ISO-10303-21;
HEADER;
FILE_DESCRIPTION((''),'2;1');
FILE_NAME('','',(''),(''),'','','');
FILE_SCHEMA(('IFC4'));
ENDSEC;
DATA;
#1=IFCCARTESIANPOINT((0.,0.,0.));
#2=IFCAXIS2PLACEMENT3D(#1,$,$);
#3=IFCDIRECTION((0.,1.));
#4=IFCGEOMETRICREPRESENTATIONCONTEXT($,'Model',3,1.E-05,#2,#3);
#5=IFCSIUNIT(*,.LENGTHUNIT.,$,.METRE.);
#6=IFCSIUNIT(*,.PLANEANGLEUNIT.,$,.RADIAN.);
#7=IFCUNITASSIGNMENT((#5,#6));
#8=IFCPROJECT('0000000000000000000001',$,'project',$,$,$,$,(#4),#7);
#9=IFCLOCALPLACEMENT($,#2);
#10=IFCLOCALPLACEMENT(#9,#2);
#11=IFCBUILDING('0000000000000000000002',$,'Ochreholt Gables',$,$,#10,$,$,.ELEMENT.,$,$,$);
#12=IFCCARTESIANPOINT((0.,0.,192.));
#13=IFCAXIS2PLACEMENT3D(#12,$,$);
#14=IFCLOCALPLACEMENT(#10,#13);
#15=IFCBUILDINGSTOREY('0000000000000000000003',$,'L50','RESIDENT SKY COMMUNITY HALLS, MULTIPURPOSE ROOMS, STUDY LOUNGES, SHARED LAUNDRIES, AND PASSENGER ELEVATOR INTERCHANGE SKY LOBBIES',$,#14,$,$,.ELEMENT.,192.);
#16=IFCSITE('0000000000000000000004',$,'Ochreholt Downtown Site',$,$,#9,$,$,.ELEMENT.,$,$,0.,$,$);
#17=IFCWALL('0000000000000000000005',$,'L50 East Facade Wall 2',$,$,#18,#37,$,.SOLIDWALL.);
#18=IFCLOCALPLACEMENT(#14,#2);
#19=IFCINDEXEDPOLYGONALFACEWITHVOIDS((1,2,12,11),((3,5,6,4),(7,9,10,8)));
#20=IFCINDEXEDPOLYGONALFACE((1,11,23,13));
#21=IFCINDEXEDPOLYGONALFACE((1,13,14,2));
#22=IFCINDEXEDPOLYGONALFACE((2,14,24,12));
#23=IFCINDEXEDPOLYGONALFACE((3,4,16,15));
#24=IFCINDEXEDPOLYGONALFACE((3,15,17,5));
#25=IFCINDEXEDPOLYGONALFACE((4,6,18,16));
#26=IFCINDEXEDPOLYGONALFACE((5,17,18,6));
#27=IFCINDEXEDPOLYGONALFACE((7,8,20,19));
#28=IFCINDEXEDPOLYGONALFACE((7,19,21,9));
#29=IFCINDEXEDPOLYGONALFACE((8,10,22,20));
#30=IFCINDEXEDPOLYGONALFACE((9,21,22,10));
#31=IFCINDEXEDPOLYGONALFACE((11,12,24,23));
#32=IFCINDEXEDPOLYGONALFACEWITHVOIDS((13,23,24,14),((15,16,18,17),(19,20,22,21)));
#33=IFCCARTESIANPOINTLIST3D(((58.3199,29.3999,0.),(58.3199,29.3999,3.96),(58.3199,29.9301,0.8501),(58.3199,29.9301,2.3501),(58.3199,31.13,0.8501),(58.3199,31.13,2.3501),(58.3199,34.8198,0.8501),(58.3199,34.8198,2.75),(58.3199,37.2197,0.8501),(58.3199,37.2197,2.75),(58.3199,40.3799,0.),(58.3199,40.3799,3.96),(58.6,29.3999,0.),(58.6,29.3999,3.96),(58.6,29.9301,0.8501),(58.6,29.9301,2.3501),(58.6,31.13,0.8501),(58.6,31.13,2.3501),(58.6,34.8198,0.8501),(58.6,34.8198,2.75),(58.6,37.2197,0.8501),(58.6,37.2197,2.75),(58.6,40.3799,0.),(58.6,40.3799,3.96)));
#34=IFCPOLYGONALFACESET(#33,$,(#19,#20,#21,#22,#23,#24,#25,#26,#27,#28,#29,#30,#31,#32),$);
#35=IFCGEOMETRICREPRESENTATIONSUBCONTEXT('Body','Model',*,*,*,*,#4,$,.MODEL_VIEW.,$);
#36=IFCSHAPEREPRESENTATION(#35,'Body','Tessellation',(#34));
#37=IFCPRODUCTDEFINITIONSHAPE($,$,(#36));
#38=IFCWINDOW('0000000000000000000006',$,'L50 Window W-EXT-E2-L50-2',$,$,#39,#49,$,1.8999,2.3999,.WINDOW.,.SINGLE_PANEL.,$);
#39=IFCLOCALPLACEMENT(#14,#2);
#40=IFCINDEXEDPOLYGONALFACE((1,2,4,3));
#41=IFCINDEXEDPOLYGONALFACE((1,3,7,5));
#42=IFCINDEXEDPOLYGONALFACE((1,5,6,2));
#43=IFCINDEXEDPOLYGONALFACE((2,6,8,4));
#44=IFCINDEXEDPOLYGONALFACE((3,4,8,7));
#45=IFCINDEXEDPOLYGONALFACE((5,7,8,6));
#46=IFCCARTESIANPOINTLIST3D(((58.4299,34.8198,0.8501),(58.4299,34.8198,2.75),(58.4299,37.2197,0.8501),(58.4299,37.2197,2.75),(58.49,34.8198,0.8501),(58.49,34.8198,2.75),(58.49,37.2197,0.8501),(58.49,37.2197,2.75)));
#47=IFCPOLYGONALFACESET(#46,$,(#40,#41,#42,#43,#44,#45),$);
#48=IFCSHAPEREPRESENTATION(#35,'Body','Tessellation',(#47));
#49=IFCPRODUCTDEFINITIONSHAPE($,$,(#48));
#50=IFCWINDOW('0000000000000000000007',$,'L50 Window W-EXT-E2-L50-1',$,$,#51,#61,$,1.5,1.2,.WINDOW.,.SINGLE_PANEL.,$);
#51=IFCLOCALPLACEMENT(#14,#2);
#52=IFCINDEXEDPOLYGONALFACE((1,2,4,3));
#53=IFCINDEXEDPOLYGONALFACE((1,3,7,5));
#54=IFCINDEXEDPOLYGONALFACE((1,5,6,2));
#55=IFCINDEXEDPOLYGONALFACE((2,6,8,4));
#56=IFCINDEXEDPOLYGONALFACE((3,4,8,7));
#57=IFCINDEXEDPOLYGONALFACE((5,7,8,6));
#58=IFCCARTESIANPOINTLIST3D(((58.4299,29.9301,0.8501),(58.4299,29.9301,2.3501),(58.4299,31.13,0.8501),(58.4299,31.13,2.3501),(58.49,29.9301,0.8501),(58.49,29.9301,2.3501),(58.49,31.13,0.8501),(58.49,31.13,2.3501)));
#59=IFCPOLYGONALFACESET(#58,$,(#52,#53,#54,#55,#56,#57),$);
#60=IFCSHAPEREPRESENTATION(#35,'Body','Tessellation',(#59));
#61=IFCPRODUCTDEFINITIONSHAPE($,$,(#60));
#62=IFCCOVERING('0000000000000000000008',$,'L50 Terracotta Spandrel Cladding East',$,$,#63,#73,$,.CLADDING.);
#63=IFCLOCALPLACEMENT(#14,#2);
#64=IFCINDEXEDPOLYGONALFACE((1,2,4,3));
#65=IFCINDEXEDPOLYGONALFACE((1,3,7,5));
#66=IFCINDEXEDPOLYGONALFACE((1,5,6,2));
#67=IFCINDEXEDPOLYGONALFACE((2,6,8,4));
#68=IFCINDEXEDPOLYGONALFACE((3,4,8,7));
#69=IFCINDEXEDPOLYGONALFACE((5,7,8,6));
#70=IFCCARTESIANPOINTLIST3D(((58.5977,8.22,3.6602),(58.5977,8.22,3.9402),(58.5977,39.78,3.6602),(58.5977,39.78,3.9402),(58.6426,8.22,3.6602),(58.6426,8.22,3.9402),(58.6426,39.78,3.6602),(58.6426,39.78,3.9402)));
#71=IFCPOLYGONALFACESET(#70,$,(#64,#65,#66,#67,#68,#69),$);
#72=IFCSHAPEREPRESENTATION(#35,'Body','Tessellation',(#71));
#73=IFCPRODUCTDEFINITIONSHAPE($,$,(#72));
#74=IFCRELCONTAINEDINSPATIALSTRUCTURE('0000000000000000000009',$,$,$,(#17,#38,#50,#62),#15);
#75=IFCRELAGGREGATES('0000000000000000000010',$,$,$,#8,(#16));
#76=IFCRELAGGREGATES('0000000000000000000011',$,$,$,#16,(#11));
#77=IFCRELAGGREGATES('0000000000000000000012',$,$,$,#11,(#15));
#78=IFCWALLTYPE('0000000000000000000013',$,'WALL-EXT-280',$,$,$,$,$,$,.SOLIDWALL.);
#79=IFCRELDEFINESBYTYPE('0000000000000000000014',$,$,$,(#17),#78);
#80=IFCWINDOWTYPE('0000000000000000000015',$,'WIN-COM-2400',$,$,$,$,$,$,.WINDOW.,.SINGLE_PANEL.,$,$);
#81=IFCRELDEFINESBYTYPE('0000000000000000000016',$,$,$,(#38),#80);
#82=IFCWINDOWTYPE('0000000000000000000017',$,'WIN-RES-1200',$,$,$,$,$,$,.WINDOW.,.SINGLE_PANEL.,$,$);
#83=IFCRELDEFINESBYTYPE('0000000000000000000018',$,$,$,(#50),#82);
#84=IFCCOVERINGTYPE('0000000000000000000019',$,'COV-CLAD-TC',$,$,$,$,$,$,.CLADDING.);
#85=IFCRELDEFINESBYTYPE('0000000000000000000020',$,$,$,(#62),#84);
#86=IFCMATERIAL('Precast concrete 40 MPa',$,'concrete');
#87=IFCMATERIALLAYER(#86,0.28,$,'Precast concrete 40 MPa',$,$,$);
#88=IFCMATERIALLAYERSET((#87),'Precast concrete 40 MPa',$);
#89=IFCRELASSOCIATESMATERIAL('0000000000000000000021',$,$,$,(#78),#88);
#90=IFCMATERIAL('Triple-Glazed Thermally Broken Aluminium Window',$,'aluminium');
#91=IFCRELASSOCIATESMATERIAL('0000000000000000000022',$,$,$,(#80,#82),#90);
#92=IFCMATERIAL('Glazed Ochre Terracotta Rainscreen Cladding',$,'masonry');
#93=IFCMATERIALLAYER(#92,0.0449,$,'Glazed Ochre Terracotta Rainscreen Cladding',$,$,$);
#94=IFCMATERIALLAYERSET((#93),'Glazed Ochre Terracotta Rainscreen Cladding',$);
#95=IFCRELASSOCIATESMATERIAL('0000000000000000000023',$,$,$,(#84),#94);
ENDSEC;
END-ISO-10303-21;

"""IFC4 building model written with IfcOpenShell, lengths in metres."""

from ifc_helpers import new_model, si_unit, direction, frame, frame_2d, origin, origin_2d, place, context, subcontext, project, spatial, rectangle, extrude, material, layer, layer_set, type_object, element, fill, save


model = new_model("IFC4")

# Units and contexts
model_context = context("Model", 3, precision=1e-05, world=origin(), true_north=direction((0.0, 1.0)))
body_context = subcontext(model_context, "Body", "Model", "MODEL_VIEW")
ifc_project = project(units=[si_unit("LENGTHUNIT", "METRE"), si_unit("PLANEANGLEUNIT", "RADIAN")], contexts=[model_context])

# Site, building, storey
site_placement = place(None, origin())
site = spatial("IfcSite", under=ifc_project, at=site_placement, Name="Ochreholt Downtown Site", CompositionType="ELEMENT", RefElevation=0.0)
building_placement = place(site_placement, origin())
building = spatial("IfcBuilding", under=site, at=building_placement, Name="Ochreholt Gables", CompositionType="ELEMENT")
storey_placement = place(building_placement, frame((0.0, 0.0, 192.0)))
storey = spatial("IfcBuildingStorey", under=building, at=storey_placement, Name="L50", Description="RESIDENT SKY COMMUNITY HALLS, MULTIPURPOSE ROOMS, STUDY LOUNGES, SHARED LAUNDRIES, AND PASSENGER ELEVATOR INTERCHANGE SKY LOBBIES", CompositionType="ELEMENT", Elevation=192.0)

# Wall, openings, windows
ifc_material_1 = material(Name="Precast concrete 40 MPa", Category="concrete")
ifc_layer_1 = layer(ifc_material_1, 0.28, Name="Precast concrete 40 MPa")
ifc_layer_set_1 = layer_set([ifc_layer_1], Name="Precast concrete 40 MPa")
wall_type_1 = type_object("IfcWallType", Name="WALL-EXT-280", PredefinedType="SOLIDWALL", material=ifc_layer_set_1)
wall_1_placement = place(storey_placement, frame((58.46, 29.3999, 0.0), z_axis=(0.0, 0.0, 1.0), x_axis=(0.0, 1.0, 0.0)))
wall_1 = element("IfcWall", 1, at=wall_1_placement, inside=storey, type_object=wall_type_1, Name="L50 East Facade Wall 2", PredefinedType="SOLIDWALL", context=body_context, shape_type="SweptSolid", body=[
    extrude(rectangle(XDim=10.98, YDim=0.28, at=frame_2d((5.49, 0.0))), origin(), (0.0, 0.0, 1.0), 3.96),
])
opening_1_placement = place(wall_1_placement, frame((0.53, 0.0, 0.8501)))
opening_1 = element("IfcOpeningElement", 2, at=opening_1_placement, cuts=wall_1, PredefinedType="OPENING", context=body_context, shape_type="SweptSolid", body=[
    extrude(rectangle(XDim=1.2, YDim=1.5, at=frame_2d((0.6001, 0.75))), frame((0.0, 0.1499, 0.0), z_axis=(0.0, -1.0, 0.0), x_axis=(1.0, 0.0, 0.0)), (0.0, 0.0, 1.0), 0.3),
])
opening_2_placement = place(wall_1_placement, frame((5.4199, 0.0, 0.8501)))
opening_2 = element("IfcOpeningElement", 3, at=opening_2_placement, cuts=wall_1, PredefinedType="OPENING", context=body_context, shape_type="SweptSolid", body=[
    extrude(rectangle(XDim=2.3999, YDim=1.8999, at=frame_2d((1.2, 0.95))), frame((0.0, 0.1499, 0.0), z_axis=(0.0, -1.0, 0.0), x_axis=(1.0, 0.0, 0.0)), (0.0, 0.0, 1.0), 0.3),
])
ifc_material_2 = material(Name="Triple-Glazed Thermally Broken Aluminium Window", Category="aluminium")
window_type_1 = type_object("IfcWindowType", Name="WIN-COM-2400", PartitioningType="SINGLE_PANEL", PredefinedType="WINDOW", material=ifc_material_2)
window_1_placement = place(opening_2_placement, origin())
window_1 = element("IfcWindow", 4, at=window_1_placement, inside=storey, type_object=window_type_1, Name="L50 Window W-EXT-E2-L50-2", OverallHeight=1.8999, OverallWidth=2.3999, PartitioningType="SINGLE_PANEL", PredefinedType="WINDOW", context=body_context, shape_type="SweptSolid", body=[
    extrude(rectangle(XDim=2.3999, YDim=1.8999, at=frame_2d((1.2, 0.95))), frame((0.0, 0.03, 0.0), z_axis=(0.0, -1.0, 0.0), x_axis=(1.0, 0.0, 0.0)), (0.0, 0.0, 1.0), 0.0601),
])
fill(opening_2, window_1)
window_type_2 = type_object("IfcWindowType", Name="WIN-RES-1200", PartitioningType="SINGLE_PANEL", PredefinedType="WINDOW", material=ifc_material_2)
window_2_placement = place(opening_1_placement, origin())
window_2 = element("IfcWindow", 5, at=window_2_placement, inside=storey, type_object=window_type_2, Name="L50 Window W-EXT-E2-L50-1", OverallHeight=1.5, OverallWidth=1.2, PartitioningType="SINGLE_PANEL", PredefinedType="WINDOW", context=body_context, shape_type="SweptSolid", body=[
    extrude(rectangle(XDim=1.2, YDim=1.5, at=frame_2d((0.6001, 0.75))), frame((0.0, 0.03, 0.0), z_axis=(0.0, -1.0, 0.0), x_axis=(1.0, 0.0, 0.0)), (0.0, 0.0, 1.0), 0.0601),
])
fill(opening_1, window_2)

# Covering
ifc_material_3 = material(Name="Glazed Ochre Terracotta Rainscreen Cladding", Category="masonry")
ifc_layer_2 = layer(ifc_material_3, 0.0449, Name="Glazed Ochre Terracotta Rainscreen Cladding")
ifc_layer_set_2 = layer_set([ifc_layer_2], Name="Glazed Ochre Terracotta Rainscreen Cladding")
covering_type = type_object("IfcCoveringType", Name="COV-CLAD-TC", PredefinedType="CLADDING", material=ifc_layer_set_2)
covering_placement = place(storey_placement, frame((58.6201, 24.0, 3.6602), z_axis=(0.0, 0.0, 1.0), x_axis=(0.0, 1.0, 0.0)))
element("IfcCovering", 6, at=covering_placement, inside=storey, type_object=covering_type, Name="L50 Terracotta Spandrel Cladding East", PredefinedType="CLADDING", context=body_context, shape_type="SweptSolid", body=[
    extrude(rectangle(XDim=31.5601, YDim=0.0449, at=origin_2d()), origin(), (0.0, 0.0, 1.0), 0.28),
])

save(model, "model.ifc")
